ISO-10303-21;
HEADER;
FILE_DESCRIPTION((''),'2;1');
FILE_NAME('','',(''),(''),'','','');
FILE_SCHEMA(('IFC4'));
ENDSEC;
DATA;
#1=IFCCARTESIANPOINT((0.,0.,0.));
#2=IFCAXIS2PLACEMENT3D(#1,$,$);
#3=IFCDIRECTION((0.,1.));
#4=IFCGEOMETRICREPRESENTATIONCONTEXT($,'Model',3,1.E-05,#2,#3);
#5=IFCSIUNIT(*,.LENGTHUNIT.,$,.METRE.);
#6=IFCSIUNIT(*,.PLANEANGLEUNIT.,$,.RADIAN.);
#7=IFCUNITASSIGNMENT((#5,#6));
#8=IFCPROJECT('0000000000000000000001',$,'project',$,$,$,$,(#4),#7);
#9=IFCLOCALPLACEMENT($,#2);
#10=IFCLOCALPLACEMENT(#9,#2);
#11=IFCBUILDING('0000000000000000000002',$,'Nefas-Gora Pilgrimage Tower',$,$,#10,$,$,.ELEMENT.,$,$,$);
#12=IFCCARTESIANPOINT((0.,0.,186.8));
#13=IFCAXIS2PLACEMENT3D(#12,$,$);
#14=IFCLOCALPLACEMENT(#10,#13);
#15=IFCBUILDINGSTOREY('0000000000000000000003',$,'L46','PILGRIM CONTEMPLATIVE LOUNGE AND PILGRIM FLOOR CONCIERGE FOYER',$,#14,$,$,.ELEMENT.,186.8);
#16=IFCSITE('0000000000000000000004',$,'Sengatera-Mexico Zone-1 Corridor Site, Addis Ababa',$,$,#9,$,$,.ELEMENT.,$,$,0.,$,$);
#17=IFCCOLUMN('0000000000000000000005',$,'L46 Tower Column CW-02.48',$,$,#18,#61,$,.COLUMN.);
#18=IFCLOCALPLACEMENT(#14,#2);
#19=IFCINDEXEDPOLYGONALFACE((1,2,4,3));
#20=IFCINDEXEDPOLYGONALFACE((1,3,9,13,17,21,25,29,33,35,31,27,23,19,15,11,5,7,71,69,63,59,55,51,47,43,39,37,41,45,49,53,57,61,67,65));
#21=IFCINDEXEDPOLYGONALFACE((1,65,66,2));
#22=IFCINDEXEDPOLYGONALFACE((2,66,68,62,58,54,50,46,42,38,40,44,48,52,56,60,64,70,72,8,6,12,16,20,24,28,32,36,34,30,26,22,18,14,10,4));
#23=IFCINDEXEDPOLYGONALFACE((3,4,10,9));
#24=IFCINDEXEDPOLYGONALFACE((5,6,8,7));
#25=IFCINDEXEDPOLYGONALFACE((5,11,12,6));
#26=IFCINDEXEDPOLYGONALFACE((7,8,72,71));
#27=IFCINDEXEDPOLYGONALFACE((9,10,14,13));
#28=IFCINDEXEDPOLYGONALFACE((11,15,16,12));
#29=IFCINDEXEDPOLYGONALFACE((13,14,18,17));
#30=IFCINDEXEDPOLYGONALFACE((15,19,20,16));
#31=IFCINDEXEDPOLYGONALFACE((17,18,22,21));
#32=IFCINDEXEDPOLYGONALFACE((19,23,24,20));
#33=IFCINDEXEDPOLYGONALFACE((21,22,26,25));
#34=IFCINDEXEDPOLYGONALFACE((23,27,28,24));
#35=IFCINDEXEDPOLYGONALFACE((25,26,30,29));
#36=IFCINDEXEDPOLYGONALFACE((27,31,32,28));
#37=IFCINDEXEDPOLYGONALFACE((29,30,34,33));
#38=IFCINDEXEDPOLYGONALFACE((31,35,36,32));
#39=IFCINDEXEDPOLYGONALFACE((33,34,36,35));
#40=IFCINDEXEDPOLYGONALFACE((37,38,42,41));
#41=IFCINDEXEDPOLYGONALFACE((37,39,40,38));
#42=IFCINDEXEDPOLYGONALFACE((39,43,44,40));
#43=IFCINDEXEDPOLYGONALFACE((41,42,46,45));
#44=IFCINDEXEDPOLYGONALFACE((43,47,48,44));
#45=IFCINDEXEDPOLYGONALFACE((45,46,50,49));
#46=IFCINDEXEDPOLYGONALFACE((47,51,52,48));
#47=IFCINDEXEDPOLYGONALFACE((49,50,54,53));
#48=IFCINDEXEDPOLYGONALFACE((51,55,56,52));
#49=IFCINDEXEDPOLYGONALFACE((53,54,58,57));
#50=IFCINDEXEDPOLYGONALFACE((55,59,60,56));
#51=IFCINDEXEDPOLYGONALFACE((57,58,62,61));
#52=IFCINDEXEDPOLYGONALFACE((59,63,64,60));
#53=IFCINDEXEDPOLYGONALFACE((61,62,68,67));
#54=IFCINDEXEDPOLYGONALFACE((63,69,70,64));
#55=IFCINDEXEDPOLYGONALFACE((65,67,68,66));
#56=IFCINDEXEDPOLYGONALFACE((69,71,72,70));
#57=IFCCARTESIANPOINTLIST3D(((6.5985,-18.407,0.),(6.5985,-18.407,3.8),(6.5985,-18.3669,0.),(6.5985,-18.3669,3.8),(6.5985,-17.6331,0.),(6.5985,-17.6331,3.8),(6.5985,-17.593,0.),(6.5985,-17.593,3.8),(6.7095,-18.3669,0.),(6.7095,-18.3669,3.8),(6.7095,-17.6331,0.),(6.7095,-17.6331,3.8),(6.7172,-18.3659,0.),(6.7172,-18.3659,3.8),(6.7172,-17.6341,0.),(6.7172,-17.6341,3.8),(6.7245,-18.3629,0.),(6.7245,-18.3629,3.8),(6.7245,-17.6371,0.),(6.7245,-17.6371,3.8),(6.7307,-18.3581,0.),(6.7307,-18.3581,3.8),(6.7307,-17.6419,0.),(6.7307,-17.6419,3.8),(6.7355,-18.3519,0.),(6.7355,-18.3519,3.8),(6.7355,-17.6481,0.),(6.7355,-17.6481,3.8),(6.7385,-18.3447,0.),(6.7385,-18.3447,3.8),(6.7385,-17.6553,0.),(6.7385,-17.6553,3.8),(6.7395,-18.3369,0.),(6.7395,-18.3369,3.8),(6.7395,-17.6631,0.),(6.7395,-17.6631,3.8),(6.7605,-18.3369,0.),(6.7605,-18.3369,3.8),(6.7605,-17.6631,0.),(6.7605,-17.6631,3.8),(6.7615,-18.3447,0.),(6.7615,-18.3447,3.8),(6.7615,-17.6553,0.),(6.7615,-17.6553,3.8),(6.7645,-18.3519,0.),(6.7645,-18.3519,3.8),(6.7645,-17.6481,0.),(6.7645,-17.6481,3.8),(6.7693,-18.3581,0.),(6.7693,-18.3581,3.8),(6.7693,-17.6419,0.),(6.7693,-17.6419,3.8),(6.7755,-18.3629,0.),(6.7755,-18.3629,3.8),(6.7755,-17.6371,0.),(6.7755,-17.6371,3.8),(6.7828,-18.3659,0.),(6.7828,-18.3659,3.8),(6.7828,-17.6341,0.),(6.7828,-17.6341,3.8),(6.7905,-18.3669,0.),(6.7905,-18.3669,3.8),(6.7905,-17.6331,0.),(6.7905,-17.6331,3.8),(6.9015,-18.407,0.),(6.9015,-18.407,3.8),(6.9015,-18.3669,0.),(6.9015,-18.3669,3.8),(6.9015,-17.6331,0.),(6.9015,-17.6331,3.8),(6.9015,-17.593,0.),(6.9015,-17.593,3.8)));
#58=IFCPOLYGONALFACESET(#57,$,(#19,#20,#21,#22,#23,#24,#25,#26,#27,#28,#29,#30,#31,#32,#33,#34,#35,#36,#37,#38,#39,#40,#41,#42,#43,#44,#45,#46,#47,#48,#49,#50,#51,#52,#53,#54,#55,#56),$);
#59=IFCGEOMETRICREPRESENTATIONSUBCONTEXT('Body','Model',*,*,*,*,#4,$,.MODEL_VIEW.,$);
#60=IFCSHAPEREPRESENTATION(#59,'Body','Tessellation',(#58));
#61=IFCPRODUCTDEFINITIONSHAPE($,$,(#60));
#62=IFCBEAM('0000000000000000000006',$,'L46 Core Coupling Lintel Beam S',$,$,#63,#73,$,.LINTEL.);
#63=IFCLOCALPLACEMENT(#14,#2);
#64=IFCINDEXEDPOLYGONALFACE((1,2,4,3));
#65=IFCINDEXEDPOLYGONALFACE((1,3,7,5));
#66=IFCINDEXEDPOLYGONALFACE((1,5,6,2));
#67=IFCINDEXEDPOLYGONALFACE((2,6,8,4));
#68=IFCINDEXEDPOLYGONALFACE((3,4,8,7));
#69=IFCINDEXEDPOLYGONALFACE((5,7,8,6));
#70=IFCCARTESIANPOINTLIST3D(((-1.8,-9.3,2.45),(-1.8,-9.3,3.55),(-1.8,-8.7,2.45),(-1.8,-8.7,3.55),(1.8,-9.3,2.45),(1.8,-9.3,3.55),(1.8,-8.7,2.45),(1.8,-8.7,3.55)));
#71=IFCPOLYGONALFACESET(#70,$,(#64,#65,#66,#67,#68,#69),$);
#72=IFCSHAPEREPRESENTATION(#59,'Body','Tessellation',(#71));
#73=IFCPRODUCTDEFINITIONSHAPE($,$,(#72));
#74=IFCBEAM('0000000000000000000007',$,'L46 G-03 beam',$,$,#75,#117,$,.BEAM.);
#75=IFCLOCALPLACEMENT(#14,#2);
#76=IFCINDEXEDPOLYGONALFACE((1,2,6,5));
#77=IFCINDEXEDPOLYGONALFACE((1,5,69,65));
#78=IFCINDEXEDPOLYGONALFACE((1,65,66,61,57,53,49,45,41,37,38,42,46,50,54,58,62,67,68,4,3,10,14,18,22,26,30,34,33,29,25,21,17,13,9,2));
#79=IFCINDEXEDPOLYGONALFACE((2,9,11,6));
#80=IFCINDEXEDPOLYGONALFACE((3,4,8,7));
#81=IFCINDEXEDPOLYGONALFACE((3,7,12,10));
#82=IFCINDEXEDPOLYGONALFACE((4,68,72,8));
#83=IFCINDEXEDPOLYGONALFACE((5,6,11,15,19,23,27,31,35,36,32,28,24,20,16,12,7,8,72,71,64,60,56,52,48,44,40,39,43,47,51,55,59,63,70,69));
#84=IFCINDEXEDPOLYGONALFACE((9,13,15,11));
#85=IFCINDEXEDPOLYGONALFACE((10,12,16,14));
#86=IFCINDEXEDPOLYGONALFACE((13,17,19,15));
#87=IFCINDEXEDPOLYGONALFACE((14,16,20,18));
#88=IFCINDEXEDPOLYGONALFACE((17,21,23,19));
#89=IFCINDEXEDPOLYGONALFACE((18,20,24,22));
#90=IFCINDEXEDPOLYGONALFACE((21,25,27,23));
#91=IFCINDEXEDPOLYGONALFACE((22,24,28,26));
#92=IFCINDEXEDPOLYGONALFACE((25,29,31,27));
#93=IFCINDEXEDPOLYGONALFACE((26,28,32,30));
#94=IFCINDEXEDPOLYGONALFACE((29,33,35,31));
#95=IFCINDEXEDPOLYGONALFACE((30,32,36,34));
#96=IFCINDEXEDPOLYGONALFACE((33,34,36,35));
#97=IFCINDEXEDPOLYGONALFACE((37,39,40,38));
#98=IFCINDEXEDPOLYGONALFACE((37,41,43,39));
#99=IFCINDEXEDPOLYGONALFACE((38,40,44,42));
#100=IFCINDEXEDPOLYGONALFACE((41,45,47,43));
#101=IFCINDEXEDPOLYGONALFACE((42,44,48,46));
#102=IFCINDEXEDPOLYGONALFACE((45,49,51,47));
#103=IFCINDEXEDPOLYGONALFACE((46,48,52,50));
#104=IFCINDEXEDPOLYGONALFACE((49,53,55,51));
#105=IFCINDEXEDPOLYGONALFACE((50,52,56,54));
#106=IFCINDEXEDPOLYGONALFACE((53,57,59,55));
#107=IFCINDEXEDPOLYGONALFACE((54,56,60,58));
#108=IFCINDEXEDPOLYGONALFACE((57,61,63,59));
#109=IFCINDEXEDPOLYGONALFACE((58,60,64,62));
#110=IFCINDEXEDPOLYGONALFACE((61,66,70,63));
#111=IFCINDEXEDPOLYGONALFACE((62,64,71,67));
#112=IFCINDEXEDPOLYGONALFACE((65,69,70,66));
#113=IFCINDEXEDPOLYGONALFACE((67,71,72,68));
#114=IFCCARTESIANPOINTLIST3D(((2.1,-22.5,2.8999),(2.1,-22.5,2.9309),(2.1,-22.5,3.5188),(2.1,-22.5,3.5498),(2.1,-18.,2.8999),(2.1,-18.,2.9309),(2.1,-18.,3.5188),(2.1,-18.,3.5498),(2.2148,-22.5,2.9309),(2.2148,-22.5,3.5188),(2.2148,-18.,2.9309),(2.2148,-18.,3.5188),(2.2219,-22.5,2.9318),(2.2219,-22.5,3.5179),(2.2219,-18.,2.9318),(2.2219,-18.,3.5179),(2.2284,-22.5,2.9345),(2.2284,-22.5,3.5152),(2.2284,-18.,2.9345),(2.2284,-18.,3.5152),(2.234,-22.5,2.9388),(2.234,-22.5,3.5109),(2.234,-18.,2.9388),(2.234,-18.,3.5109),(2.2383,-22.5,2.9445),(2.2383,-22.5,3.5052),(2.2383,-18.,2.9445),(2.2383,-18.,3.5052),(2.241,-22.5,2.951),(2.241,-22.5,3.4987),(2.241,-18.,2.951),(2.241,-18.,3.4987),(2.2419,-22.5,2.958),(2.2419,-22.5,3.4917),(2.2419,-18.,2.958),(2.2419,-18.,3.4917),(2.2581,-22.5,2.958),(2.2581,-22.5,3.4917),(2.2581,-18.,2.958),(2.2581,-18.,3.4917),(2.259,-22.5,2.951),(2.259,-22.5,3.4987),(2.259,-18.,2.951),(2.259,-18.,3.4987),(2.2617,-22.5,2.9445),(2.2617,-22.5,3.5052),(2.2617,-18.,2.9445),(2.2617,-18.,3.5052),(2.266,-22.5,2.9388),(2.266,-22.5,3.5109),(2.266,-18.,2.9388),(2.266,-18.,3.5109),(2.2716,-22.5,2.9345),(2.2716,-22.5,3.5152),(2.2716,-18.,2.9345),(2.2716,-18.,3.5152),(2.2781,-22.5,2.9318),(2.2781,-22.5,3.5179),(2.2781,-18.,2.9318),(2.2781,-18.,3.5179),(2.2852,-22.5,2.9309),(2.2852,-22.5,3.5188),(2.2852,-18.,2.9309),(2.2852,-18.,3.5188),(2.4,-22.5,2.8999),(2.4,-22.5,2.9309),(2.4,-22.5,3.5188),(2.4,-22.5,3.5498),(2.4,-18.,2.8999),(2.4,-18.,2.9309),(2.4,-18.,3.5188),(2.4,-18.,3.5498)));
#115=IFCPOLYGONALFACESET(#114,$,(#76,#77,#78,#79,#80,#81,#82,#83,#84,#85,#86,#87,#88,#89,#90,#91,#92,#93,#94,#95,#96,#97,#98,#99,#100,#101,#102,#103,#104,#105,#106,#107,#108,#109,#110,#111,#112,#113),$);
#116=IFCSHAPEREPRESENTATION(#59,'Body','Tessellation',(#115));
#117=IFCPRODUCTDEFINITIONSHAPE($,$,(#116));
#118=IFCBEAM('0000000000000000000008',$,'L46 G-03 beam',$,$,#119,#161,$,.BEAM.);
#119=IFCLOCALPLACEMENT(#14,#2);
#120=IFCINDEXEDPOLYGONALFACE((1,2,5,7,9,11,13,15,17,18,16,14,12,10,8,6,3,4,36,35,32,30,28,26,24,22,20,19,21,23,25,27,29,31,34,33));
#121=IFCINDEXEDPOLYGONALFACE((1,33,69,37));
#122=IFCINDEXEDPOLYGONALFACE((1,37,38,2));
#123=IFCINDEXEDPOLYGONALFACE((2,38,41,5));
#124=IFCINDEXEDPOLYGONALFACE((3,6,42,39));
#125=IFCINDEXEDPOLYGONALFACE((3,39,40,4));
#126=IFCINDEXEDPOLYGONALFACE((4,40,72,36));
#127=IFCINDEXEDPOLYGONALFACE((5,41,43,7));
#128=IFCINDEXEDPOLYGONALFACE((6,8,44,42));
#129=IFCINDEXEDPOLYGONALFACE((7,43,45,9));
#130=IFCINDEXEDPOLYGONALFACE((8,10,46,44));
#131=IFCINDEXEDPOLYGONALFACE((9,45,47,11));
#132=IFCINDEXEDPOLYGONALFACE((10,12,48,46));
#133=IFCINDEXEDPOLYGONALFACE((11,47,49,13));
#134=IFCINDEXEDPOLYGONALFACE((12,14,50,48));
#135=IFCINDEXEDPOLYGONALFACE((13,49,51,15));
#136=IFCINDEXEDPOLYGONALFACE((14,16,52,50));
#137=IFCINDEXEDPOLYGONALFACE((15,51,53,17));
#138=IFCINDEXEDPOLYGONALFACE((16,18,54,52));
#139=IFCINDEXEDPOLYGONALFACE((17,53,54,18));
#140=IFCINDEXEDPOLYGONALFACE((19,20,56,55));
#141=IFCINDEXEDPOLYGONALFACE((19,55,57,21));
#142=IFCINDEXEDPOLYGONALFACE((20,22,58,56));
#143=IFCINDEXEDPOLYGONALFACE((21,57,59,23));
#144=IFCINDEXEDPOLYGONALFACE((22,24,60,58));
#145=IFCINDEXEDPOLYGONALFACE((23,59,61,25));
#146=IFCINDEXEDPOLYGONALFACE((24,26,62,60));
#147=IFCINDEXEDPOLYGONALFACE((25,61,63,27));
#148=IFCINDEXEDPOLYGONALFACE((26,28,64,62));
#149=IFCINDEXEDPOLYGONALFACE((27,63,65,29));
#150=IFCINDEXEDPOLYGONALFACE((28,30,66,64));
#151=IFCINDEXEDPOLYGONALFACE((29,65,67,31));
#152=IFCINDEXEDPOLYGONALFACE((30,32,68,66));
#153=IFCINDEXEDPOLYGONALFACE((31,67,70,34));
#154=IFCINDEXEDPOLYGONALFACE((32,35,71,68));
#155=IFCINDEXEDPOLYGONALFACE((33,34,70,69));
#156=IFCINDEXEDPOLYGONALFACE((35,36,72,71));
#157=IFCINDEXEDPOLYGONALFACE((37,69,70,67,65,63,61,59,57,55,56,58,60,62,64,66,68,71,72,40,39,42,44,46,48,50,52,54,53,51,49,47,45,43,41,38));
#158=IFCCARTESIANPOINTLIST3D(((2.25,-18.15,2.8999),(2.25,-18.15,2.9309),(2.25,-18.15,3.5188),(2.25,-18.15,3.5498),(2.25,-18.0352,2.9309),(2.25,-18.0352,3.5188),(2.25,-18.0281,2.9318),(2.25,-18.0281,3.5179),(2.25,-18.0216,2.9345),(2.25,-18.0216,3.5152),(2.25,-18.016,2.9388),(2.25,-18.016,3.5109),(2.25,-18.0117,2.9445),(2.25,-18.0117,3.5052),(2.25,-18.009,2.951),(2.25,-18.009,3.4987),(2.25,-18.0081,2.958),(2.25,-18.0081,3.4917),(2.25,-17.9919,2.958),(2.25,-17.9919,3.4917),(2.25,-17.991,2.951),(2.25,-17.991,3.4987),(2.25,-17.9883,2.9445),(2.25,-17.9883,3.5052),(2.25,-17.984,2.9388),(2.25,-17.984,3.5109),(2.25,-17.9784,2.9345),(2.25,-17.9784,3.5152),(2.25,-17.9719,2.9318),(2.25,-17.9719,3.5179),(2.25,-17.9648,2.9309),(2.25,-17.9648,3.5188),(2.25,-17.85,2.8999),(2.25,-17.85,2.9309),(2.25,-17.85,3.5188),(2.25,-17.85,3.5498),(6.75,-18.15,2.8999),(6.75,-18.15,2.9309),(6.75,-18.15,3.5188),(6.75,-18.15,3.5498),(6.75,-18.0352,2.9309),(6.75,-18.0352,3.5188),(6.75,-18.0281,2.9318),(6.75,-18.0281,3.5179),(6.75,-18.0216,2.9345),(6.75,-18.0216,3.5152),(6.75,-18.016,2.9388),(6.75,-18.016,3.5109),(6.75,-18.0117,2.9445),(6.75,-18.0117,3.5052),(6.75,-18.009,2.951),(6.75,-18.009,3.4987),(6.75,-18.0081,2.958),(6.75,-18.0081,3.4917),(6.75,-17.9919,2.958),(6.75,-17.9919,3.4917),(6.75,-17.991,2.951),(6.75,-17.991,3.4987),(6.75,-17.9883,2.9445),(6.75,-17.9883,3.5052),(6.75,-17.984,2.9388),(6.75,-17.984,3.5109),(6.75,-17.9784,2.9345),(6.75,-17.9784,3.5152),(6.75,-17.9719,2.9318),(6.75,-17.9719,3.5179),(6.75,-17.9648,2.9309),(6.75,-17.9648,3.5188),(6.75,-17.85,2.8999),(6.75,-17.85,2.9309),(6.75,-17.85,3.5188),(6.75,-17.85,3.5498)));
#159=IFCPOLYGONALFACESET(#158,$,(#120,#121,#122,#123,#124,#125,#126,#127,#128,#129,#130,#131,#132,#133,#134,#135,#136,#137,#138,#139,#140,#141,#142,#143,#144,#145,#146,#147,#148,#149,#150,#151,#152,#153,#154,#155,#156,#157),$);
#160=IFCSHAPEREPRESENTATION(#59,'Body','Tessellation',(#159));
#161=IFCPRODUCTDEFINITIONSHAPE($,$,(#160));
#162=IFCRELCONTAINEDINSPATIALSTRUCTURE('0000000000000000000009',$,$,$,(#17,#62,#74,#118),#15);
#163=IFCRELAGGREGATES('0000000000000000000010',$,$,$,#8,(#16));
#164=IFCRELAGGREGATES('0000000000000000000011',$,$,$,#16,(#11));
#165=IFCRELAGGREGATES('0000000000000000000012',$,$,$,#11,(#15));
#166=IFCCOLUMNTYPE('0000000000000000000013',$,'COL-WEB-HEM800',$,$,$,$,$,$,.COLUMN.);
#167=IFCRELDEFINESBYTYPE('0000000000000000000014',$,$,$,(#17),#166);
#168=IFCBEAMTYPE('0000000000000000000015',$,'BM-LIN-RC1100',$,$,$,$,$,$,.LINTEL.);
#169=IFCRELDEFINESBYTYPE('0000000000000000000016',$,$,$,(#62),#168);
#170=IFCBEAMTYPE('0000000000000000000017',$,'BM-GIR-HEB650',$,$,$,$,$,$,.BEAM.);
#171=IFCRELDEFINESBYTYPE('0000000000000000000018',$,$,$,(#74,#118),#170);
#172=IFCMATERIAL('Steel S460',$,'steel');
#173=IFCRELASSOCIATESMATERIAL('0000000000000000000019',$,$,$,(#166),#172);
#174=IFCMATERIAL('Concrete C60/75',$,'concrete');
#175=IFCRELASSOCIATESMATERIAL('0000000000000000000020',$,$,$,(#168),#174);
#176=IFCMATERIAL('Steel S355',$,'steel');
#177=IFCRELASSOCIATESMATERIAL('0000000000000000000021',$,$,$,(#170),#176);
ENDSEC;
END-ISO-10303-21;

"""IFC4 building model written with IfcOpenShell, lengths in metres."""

from ifc_helpers import new_model, si_unit, direction, frame, origin, origin_2d, place, context, subcontext, project, spatial, rectangle, i_section, extrude, source, transform, mapped, material, material_profile, profile_set, type_object, element, save


model = new_model("IFC4")

# Units and contexts
model_context = context("Model", 3, precision=1e-05, world=origin(), true_north=direction((0.0, 1.0)))
body_context = subcontext(model_context, "Body", "Model", "MODEL_VIEW")
ifc_project = project(units=[si_unit("LENGTHUNIT", "METRE"), si_unit("PLANEANGLEUNIT", "RADIAN")], contexts=[model_context])

# Site, building, storey
site_placement = place(None, origin())
site = spatial("IfcSite", under=ifc_project, at=site_placement, Name="Sengatera-Mexico Zone-1 Corridor Site, Addis Ababa", CompositionType="ELEMENT", RefElevation=0.0)
building_placement = place(site_placement, origin())
building = spatial("IfcBuilding", under=site, at=building_placement, Name="Nefas-Gora Pilgrimage Tower", CompositionType="ELEMENT")
storey_placement = place(building_placement, frame((0.0, 0.0, 186.8)))
storey = spatial("IfcBuildingStorey", under=building, at=storey_placement, Name="L46", Description="PILGRIM CONTEMPLATIVE LOUNGE AND PILGRIM FLOOR CONCIERGE FOYER", CompositionType="ELEMENT", Elevation=186.8)

# Column
ifc_material_1 = material(Name="Steel S460", Category="steel")
ifc_material_profile_1 = material_profile(ifc_material_1, i_section(OverallWidth=0.303, OverallDepth=0.814, WebThickness=0.021, FlangeThickness=0.04, FilletRadius=0.03, at=origin_2d()), Name="HEM 800")
ifc_profile_set_1 = profile_set([ifc_material_profile_1], Name="Steel S460")
column_type_1 = type_object("IfcColumnType", Name="COL-WEB-HEM800", PredefinedType="COLUMN", material=ifc_profile_set_1)
shared_shape_1 = source(origin(), body_context, "Body", "SweptSolid", [
    extrude(i_section(OverallWidth=0.303, OverallDepth=0.814, WebThickness=0.021, FlangeThickness=0.04, FilletRadius=0.03, at=origin_2d()), origin(), (0.0, 0.0, 1.0), 3.8),
])
for number, where, z_axis, x_axis, name in (
    (1, (6.75, -18.0, 0.0), (0.0, 0.0, 1.0), (1.0, 0.0, 0.0), "L46 Tower Column CW-02.48"),
):
    element("IfcColumn", number, at=place(storey_placement, frame(where, z_axis=z_axis, x_axis=x_axis)), inside=storey, type_object=column_type_1, Name=name, PredefinedType="COLUMN", context=body_context, shape_type="MappedRepresentation", body=[
        mapped(shared_shape_1, transform((0.0, 0.0, 0.0), x_axis=(1.0, 0.0, 0.0), y_axis=(0.0, 1.0, 0.0), z_axis=(0.0, 0.0, 1.0), scale=1.0)),
    ])

# Beams
ifc_material_2 = material(Name="Concrete C60/75", Category="concrete")
ifc_material_profile_2 = material_profile(ifc_material_2, rectangle(XDim=0.6001, YDim=1.1001, at=origin_2d()), Name="RC 600x1100")
ifc_profile_set_2 = profile_set([ifc_material_profile_2], Name="Concrete C60/75")
beam_type_1 = type_object("IfcBeamType", Name="BM-LIN-RC1100", PredefinedType="LINTEL", material=ifc_profile_set_2)
shared_shape_2 = source(origin(), body_context, "Body", "SweptSolid", [
    extrude(rectangle(XDim=0.6001, YDim=1.1001, at=origin_2d()), origin(), (0.0, 0.0, 1.0), 3.6001),
])
beam_placement = place(storey_placement, frame((-1.8, -9.0, 3.0), z_axis=(1.0, 0.0, 0.0), x_axis=(0.0, 1.0, 0.0)))
element("IfcBeam", 2, at=beam_placement, inside=storey, type_object=beam_type_1, Name="L46 Core Coupling Lintel Beam S", PredefinedType="LINTEL", context=body_context, shape_type="MappedRepresentation", body=[
    mapped(shared_shape_2, transform((0.0, 0.0, 0.0), x_axis=(1.0, 0.0, 0.0), y_axis=(0.0, 1.0, 0.0), z_axis=(0.0, 0.0, 1.0), scale=1.0)),
])
ifc_material_3 = material(Name="Steel S355", Category="steel")
ifc_material_profile_3 = material_profile(ifc_material_3, i_section(OverallWidth=0.3, OverallDepth=0.6499, WebThickness=0.0161, FlangeThickness=0.031, FilletRadius=0.0271, at=origin_2d()), Name="HEB 650")
ifc_profile_set_3 = profile_set([ifc_material_profile_3], Name="Steel S355")
beam_type_2 = type_object("IfcBeamType", Name="BM-GIR-HEB650", PredefinedType="BEAM", material=ifc_profile_set_3)
shared_shape_3 = source(origin(), body_context, "Body", "SweptSolid", [
    extrude(i_section(OverallWidth=0.3, OverallDepth=0.6499, WebThickness=0.0161, FlangeThickness=0.031, FilletRadius=0.0271, at=origin_2d()), origin(), (0.0, 0.0, 1.0), 4.5),
])
for number, where, z_axis, x_axis, name in (
    (3, (2.25, -22.5, 3.2249), (0.0, 1.0, 0.0), (-1.0, 0.0, 0.0), "L46 G-03 beam"),
    (4, (2.25, -18.0, 3.2249), (1.0, 0.0, 0.0), (0.0, 1.0, 0.0), "L46 G-03 beam"),
):
    element("IfcBeam", number, at=place(storey_placement, frame(where, z_axis=z_axis, x_axis=x_axis)), inside=storey, type_object=beam_type_2, Name=name, PredefinedType="BEAM", context=body_context, shape_type="MappedRepresentation", body=[
        mapped(shared_shape_3, transform((0.0, 0.0, 0.0), x_axis=(1.0, 0.0, 0.0), y_axis=(0.0, 1.0, 0.0), z_axis=(0.0, 0.0, 1.0), scale=1.0)),
    ])

save(model, "model.ifc")
